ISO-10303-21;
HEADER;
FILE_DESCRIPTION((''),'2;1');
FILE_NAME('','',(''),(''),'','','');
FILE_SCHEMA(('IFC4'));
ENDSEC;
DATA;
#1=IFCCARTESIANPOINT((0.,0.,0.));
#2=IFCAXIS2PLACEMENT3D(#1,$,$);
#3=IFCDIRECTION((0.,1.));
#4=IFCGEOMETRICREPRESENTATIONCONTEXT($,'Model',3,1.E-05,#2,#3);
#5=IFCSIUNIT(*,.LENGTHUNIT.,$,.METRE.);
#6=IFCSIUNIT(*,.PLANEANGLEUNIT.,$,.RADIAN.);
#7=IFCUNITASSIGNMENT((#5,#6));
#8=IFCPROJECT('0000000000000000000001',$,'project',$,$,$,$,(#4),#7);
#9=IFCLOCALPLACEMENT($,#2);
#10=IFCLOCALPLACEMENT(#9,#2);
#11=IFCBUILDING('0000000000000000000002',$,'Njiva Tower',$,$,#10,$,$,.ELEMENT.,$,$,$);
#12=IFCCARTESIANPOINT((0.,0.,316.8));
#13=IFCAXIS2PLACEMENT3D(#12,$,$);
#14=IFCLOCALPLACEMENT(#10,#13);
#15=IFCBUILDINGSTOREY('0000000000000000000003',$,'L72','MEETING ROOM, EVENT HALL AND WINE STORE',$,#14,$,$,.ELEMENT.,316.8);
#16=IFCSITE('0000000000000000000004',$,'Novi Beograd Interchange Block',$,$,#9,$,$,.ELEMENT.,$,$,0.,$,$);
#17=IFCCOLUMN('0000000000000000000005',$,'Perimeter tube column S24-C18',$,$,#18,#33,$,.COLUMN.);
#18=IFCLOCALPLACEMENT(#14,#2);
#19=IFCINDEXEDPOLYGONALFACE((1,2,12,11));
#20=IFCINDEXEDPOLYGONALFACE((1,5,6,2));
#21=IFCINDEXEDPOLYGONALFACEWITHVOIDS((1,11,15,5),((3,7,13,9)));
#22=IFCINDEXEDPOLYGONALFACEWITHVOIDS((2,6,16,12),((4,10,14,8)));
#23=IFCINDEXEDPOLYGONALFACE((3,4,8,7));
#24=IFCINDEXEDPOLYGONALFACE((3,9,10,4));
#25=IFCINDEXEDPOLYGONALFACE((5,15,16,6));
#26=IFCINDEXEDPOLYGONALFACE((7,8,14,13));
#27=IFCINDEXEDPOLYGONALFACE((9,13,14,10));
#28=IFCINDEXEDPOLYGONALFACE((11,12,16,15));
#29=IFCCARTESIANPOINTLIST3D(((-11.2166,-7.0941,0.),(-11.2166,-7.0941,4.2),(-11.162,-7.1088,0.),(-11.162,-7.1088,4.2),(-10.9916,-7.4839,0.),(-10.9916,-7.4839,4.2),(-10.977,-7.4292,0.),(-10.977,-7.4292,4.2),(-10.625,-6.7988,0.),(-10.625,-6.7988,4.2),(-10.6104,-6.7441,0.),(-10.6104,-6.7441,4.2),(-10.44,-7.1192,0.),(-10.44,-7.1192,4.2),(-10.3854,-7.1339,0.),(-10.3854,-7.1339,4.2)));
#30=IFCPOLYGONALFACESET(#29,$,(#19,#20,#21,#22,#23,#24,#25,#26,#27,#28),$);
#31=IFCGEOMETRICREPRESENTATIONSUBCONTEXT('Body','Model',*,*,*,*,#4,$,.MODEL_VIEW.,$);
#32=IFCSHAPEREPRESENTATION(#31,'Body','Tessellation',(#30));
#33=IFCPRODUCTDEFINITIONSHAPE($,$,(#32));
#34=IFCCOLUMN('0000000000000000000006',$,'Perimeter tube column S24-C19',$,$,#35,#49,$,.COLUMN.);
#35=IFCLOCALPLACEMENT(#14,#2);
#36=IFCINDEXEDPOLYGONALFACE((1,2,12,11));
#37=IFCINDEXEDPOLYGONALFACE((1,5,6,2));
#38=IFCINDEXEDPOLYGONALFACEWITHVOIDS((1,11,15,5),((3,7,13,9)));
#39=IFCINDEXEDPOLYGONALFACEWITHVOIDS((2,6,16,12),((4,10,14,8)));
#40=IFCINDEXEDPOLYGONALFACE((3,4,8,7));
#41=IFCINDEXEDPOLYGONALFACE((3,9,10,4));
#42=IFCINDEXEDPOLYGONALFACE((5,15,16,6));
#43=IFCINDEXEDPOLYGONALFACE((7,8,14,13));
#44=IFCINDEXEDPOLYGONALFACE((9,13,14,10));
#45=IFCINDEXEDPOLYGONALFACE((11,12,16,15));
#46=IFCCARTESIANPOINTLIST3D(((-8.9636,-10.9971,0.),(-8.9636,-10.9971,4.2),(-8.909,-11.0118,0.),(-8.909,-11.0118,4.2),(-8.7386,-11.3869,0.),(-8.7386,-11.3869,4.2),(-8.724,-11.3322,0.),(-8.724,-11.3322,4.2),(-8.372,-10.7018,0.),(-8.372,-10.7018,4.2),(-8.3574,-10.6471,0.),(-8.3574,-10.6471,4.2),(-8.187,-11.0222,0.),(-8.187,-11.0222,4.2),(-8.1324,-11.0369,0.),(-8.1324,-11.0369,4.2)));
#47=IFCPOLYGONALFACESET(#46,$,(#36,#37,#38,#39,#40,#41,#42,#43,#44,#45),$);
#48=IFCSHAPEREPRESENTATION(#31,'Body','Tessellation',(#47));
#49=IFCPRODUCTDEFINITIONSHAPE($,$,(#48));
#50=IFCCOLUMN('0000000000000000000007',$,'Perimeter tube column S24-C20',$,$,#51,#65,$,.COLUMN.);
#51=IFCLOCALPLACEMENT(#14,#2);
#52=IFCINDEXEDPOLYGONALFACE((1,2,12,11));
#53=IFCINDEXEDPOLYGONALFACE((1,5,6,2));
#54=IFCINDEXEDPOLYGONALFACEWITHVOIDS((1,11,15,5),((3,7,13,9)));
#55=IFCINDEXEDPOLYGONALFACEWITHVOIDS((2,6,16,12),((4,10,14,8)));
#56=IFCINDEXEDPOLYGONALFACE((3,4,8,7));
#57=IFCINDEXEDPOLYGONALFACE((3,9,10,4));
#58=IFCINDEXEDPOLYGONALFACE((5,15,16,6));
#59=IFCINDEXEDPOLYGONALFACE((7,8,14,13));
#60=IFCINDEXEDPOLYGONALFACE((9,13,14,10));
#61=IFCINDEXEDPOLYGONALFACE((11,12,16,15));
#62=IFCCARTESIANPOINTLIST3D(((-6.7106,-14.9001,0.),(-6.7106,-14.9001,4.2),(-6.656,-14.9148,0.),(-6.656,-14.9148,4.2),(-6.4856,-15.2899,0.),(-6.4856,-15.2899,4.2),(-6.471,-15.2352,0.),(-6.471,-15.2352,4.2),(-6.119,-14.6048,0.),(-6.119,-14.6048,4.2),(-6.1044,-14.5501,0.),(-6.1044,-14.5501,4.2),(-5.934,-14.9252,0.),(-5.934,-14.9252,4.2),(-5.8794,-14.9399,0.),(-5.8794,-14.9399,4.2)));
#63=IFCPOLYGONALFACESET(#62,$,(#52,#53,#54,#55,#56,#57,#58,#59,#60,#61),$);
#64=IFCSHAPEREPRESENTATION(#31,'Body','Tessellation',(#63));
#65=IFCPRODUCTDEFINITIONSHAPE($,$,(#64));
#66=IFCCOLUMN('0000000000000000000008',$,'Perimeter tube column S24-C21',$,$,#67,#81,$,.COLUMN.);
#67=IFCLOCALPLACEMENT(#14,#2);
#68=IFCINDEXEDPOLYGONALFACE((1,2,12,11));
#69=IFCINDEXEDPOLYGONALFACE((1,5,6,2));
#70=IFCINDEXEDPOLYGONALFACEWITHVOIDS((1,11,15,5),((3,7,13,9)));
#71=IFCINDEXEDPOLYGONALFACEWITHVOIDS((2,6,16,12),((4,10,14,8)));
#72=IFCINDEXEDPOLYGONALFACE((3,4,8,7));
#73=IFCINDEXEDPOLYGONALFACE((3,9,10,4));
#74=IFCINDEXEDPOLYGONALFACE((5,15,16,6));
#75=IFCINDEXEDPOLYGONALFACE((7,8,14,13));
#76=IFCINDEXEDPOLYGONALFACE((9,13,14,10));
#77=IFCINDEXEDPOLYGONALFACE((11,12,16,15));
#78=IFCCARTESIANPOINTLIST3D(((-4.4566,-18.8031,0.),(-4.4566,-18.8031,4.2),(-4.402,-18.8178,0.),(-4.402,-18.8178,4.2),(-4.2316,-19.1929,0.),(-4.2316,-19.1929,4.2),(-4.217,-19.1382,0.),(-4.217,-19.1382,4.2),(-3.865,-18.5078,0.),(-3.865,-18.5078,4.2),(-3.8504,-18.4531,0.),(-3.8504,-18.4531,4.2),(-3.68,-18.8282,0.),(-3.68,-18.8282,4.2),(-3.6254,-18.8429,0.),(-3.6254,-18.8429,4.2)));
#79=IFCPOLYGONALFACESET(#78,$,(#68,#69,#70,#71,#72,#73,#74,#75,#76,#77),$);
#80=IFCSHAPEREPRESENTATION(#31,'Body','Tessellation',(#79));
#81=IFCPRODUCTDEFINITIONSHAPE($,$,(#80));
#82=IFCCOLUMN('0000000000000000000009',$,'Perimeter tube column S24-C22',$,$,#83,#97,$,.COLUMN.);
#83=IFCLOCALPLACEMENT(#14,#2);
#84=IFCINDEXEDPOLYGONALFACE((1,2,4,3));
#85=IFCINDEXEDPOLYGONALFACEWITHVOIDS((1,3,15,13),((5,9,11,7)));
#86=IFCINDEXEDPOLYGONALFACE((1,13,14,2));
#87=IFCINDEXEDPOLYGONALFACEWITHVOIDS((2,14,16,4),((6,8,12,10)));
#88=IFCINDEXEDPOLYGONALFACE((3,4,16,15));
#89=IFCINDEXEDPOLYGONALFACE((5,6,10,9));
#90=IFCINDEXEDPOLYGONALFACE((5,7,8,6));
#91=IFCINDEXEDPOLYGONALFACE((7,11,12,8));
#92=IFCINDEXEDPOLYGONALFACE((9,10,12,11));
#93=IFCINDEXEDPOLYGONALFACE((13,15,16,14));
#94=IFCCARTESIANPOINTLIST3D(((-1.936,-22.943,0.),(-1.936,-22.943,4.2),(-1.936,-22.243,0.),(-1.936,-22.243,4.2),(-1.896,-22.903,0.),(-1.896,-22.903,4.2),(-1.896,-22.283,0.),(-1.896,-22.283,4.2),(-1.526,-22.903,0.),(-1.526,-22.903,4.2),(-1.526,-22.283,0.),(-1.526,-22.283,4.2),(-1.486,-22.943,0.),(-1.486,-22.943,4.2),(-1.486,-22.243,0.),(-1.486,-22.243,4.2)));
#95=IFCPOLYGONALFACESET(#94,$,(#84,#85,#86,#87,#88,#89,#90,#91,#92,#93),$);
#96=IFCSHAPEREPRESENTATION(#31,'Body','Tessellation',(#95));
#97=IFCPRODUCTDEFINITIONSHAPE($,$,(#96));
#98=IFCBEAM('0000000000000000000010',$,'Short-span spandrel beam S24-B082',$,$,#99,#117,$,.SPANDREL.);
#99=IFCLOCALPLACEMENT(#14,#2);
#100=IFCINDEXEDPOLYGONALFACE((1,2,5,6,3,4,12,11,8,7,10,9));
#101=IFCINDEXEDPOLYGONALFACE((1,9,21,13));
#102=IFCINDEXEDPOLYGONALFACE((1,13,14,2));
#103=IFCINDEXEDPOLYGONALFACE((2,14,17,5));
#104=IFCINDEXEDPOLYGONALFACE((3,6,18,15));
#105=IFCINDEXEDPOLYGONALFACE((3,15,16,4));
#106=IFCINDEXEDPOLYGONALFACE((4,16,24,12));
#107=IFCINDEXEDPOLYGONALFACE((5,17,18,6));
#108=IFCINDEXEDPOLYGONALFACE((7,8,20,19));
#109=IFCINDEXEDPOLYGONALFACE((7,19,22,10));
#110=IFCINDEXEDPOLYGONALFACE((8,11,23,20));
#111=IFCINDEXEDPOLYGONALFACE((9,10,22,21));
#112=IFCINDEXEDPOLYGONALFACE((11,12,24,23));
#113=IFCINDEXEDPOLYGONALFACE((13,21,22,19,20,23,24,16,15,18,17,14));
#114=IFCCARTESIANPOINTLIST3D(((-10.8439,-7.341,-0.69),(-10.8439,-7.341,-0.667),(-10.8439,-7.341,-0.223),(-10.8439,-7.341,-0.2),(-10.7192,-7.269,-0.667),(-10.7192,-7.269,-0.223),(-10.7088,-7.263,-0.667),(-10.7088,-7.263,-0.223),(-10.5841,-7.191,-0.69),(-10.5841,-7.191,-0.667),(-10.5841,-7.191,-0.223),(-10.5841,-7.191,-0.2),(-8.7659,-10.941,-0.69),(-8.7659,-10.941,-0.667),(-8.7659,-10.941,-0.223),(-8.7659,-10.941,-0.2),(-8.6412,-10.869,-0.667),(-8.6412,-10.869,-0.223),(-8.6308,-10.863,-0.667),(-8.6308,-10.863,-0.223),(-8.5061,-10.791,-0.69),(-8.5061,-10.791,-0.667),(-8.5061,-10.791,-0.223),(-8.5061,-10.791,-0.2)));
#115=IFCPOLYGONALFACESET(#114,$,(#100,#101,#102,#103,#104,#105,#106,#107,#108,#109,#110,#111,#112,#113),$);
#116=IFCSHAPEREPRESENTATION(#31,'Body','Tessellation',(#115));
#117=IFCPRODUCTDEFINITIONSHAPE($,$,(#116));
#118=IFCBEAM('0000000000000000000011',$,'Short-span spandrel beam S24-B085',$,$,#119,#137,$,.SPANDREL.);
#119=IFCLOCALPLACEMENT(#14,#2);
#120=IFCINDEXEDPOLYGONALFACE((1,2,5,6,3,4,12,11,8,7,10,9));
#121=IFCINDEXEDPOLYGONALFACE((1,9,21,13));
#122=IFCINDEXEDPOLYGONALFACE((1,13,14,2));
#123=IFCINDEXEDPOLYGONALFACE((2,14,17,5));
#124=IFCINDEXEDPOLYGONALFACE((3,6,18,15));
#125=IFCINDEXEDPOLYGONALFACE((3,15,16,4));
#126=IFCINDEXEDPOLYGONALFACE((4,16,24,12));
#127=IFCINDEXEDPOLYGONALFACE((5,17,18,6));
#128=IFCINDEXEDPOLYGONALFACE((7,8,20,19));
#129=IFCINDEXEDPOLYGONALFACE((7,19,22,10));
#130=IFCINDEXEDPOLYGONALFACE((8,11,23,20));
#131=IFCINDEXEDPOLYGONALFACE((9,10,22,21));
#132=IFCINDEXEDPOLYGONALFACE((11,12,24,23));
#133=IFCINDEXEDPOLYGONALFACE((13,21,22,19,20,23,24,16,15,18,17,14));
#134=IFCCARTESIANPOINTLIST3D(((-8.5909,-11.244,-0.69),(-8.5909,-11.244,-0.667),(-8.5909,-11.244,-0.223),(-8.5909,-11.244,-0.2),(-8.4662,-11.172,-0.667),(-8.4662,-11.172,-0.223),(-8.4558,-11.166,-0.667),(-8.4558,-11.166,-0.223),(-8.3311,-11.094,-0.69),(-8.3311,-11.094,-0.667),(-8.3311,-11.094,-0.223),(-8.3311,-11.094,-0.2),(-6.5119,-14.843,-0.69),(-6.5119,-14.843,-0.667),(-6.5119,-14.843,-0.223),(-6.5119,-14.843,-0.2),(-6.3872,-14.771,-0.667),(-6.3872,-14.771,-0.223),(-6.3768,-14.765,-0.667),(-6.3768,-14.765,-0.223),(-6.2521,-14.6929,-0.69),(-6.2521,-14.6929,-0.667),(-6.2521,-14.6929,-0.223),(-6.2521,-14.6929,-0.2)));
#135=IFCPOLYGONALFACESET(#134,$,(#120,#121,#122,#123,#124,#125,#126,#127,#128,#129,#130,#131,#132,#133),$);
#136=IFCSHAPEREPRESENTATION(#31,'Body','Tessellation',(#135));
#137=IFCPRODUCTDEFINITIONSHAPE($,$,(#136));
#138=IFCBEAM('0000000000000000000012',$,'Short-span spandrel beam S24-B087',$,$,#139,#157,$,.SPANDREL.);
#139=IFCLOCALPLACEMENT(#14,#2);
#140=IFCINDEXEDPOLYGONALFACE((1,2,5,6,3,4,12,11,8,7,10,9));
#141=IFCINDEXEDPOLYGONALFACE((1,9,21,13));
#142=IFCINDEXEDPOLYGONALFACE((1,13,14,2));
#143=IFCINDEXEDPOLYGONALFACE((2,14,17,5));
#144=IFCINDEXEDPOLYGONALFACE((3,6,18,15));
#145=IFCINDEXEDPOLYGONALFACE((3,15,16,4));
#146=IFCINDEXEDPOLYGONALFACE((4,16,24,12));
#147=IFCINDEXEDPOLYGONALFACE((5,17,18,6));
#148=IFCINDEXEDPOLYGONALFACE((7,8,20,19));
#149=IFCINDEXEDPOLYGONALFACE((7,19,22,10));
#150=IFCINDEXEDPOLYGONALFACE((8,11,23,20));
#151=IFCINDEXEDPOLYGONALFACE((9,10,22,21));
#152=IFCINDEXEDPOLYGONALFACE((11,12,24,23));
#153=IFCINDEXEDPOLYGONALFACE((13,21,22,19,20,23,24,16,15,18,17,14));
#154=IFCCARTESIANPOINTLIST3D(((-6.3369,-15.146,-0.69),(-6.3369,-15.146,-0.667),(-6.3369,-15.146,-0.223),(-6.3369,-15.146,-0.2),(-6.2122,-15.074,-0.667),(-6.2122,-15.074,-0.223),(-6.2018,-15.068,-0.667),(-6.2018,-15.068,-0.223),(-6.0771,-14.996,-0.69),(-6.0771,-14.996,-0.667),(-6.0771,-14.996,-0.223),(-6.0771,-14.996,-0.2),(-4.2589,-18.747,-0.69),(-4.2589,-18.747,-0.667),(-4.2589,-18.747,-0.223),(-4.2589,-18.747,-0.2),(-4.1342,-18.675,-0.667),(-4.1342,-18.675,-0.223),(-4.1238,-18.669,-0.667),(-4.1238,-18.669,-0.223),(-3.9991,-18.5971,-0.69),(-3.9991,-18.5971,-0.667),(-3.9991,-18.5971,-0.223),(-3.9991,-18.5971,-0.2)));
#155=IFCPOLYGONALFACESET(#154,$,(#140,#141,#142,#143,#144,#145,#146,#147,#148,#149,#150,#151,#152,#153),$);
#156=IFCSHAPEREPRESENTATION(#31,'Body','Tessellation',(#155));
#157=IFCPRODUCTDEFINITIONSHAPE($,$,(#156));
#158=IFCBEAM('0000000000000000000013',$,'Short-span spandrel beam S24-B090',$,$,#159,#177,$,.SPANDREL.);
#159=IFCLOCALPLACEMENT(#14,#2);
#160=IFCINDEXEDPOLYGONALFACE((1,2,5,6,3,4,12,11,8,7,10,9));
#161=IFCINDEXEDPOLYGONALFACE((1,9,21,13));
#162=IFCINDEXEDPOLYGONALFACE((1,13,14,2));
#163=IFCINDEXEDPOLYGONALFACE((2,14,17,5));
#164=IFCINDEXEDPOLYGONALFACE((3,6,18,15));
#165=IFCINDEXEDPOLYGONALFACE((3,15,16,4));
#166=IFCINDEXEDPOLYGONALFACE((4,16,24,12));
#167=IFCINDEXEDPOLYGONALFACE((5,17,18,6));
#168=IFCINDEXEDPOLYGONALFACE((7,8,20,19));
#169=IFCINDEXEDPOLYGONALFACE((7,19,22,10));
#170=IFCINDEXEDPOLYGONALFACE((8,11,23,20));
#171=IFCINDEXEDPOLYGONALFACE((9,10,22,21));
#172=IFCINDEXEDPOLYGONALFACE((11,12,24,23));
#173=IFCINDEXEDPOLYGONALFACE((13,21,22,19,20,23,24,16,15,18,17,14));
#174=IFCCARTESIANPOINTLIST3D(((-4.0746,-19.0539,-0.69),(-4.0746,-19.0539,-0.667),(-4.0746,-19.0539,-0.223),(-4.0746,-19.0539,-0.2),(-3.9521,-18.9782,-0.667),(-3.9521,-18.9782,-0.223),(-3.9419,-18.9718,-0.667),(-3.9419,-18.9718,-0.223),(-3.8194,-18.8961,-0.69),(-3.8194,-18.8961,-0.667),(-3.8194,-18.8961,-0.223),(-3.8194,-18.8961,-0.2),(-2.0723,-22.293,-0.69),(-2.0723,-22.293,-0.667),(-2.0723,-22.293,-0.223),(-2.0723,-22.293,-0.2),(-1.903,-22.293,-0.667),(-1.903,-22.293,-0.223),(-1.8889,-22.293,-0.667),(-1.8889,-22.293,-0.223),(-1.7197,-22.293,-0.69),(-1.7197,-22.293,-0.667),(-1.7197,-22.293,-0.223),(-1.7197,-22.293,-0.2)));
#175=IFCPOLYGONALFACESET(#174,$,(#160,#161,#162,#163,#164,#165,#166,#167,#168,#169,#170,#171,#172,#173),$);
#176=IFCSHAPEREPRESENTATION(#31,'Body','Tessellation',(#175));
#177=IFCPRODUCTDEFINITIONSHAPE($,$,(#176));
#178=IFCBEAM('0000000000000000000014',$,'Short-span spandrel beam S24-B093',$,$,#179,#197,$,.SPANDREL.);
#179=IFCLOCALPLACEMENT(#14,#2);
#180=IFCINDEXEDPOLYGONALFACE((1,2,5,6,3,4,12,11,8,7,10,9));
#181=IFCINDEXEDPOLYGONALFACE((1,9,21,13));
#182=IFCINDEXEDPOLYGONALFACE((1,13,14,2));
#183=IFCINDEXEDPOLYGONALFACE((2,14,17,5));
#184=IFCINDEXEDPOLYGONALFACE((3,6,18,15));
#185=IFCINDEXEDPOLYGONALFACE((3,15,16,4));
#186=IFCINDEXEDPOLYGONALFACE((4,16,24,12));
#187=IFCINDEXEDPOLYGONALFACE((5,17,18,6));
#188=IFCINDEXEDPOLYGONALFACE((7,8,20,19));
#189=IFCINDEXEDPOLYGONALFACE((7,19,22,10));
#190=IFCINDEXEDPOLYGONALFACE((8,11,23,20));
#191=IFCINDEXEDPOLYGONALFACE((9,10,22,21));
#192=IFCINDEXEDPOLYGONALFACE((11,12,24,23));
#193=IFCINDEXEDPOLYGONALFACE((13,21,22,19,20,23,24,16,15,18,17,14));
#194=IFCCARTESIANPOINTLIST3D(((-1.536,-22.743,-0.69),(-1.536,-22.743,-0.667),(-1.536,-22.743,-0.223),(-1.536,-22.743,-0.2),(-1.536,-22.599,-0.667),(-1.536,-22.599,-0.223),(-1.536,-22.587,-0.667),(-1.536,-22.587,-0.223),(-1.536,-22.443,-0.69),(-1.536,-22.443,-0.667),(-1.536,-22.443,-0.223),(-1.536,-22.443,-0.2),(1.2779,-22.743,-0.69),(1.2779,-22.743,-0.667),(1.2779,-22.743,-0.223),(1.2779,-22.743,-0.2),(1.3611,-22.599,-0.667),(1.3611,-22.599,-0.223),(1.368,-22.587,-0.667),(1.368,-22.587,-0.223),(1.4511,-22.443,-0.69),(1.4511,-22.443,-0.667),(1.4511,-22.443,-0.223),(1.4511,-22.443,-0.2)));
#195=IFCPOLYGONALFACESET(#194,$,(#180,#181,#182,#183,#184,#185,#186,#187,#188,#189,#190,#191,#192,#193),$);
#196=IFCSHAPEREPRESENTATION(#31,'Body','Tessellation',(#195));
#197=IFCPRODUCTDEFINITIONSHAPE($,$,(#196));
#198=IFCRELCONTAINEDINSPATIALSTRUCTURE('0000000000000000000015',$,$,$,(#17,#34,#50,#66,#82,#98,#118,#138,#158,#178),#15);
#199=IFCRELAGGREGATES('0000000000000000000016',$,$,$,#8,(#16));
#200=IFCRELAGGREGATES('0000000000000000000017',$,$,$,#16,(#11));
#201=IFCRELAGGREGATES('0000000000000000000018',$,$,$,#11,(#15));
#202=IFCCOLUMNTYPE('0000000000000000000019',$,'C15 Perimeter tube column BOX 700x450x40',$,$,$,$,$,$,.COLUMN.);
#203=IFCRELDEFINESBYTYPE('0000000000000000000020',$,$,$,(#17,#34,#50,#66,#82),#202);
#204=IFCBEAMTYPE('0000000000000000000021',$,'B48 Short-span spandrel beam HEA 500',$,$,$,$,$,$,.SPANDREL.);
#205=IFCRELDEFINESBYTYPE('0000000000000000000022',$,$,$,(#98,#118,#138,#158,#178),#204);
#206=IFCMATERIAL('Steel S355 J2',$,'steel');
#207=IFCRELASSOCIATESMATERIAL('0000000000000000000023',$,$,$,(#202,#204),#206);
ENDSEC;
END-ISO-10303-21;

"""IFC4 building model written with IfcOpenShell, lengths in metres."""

from ifc_helpers import new_model, si_unit, direction, frame, origin, origin_2d, place, context, subcontext, project, spatial, hollow_rectangle, i_section, extrude, clip, halfspace, material, material_profile, profile_set, type_object, element, save


model = new_model("IFC4")

# Units and contexts
model_context = context("Model", 3, precision=1e-05, world=origin(), true_north=direction((0.0, 1.0)))
body_context = subcontext(model_context, "Body", "Model", "MODEL_VIEW")
ifc_project = project(units=[si_unit("LENGTHUNIT", "METRE"), si_unit("PLANEANGLEUNIT", "RADIAN")], contexts=[model_context])

# Site, building, storey
site_placement = place(None, origin())
site = spatial("IfcSite", under=ifc_project, at=site_placement, Name="Novi Beograd Interchange Block", CompositionType="ELEMENT", RefElevation=0.0)
building_placement = place(site_placement, origin())
building = spatial("IfcBuilding", under=site, at=building_placement, Name="Njiva Tower", CompositionType="ELEMENT")
storey_placement = place(building_placement, frame((0.0, 0.0, 316.8)))
storey = spatial("IfcBuildingStorey", under=building, at=storey_placement, Name="L72", Description="MEETING ROOM, EVENT HALL AND WINE STORE", CompositionType="ELEMENT", Elevation=316.8)

# Columns
ifc_material_1 = material(Name="Steel S355 J2", Category="steel")
ifc_material_profile_1 = material_profile(ifc_material_1, hollow_rectangle(XDim=0.45, YDim=0.7, WallThickness=0.04, at=origin_2d()), Name="BOX 700x450x40")
ifc_profile_set_1 = profile_set([ifc_material_profile_1], Name="Steel S355 J2")
column_type = type_object("IfcColumnType", Name="C15 Perimeter tube column BOX 700x450x40", PredefinedType="COLUMN", material=ifc_profile_set_1)
for number, where, z_axis, x_axis, name in (
    (1, (-10.801, -7.114, 0.0), (0.0, 0.0, 1.0), (0.5, -0.866025, 0.0), "Perimeter tube column S24-C18"),
    (2, (-8.548, -11.017, 0.0), (0.0, 0.0, 1.0), (0.5, -0.866025, 0.0), "Perimeter tube column S24-C19"),
    (3, (-6.295, -14.92, 0.0), (0.0, 0.0, 1.0), (0.5, -0.866025, 0.0), "Perimeter tube column S24-C20"),
    (4, (-4.041, -18.823, 0.0), (0.0, 0.0, 1.0), (0.5, -0.866025, 0.0), "Perimeter tube column S24-C21"),
    (5, (-1.711, -22.593, 0.0), (0.0, 0.0, 1.0), (1.0, 0.0, 0.0), "Perimeter tube column S24-C22"),
):
    element("IfcColumn", number, at=place(storey_placement, frame(where, z_axis=z_axis, x_axis=x_axis)), inside=storey, type_object=column_type, Name=name, PredefinedType="COLUMN", context=body_context, shape_type="SweptSolid", body=[
        extrude(hollow_rectangle(XDim=0.45, YDim=0.7, WallThickness=0.04, at=origin_2d()), origin(), (0.0, 0.0, 1.0), 4.2),
    ])

# Beams
ifc_material_profile_2 = material_profile(ifc_material_1, i_section(OverallWidth=0.3, OverallDepth=0.49, WebThickness=0.012, FlangeThickness=0.023, at=origin_2d()), Name="HEA 500")
ifc_profile_set_2 = profile_set([ifc_material_profile_2], Name="Steel S355 J2")
beam_type_1 = type_object("IfcBeamType", Name="B48 Short-span spandrel beam HEA 500", PredefinedType="SPANDREL", material=ifc_profile_set_2)
beam_1_placement = place(storey_placement, frame((-10.714, -7.266, -0.445), z_axis=(0.499917, -0.866073, 0.0), x_axis=(0.866073, 0.499917, 0.0)))
element("IfcBeam", 6, at=beam_1_placement, inside=storey, type_object=beam_type_1, Name="Short-span spandrel beam S24-B082", PredefinedType="SPANDREL", context=body_context, shape_type="SweptSolid", body=[
    extrude(i_section(OverallWidth=0.3, OverallDepth=0.49, WebThickness=0.012, FlangeThickness=0.023, at=origin_2d()), origin(), (0.0, 0.0, 1.0), 4.1567),
])
beam_2_placement = place(storey_placement, frame((-8.461, -11.169, -0.445), z_axis=(0.500201, -0.865909, 0.0), x_axis=(0.865909, 0.500201, 0.0)))
element("IfcBeam", 7, at=beam_2_placement, inside=storey, type_object=beam_type_1, Name="Short-span spandrel beam S24-B085", PredefinedType="SPANDREL", context=body_context, shape_type="SweptSolid", body=[
    extrude(i_section(OverallWidth=0.3, OverallDepth=0.49, WebThickness=0.012, FlangeThickness=0.023, at=origin_2d()), origin(), (0.0, 0.0, 1.0), 4.1563),
])
beam_3_placement = place(storey_placement, frame((-6.207, -15.071, -0.445), z_axis=(0.499813, -0.866134, 0.0), x_axis=(0.866134, 0.499813, 0.0)))
element("IfcBeam", 8, at=beam_3_placement, inside=storey, type_object=beam_type_1, Name="Short-span spandrel beam S24-B087", PredefinedType="SPANDREL", context=body_context, shape_type="SweptSolid", body=[
    extrude(i_section(OverallWidth=0.3, OverallDepth=0.49, WebThickness=0.012, FlangeThickness=0.023, at=origin_2d()), origin(), (0.0, 0.0, 1.0), 4.1576),
])
beam_4_placement = place(storey_placement, frame((-3.947, -18.975, -0.445), z_axis=(0.525798, -0.850609, 0.0), x_axis=(0.850609, 0.525798, 0.0)))
element("IfcBeam", 9, at=beam_4_placement, inside=storey, type_object=beam_type_1, Name="Short-span spandrel beam S24-B090", PredefinedType="SPANDREL", context=body_context, shape_type="Clipping", body=[
    clip(extrude(i_section(OverallWidth=0.3, OverallDepth=0.49, WebThickness=0.012, FlangeThickness=0.023, at=origin_2d()), origin(), (0.0, 0.0, 1.0), 4.0137), halfspace(frame((-0.0266, 0.0, 3.8843), z_axis=(-0.525798, 0.0, 0.850609), x_axis=(0.0, 1.0, 0.0)), False)),
])
beam_5_placement = place(storey_placement, frame((-1.536, -22.593, -0.445), z_axis=(1.0, 0.0, 0.0), x_axis=(0.0, 1.0, 0.0)))
element("IfcBeam", 10, at=beam_5_placement, inside=storey, type_object=beam_type_1, Name="Short-span spandrel beam S24-B093", PredefinedType="SPANDREL", context=body_context, shape_type="Clipping", body=[
    clip(extrude(i_section(OverallWidth=0.3, OverallDepth=0.49, WebThickness=0.012, FlangeThickness=0.023, at=origin_2d()), origin(), (0.0, 0.0, 1.0), 3.008), halfspace(frame((-0.0245, 0.0, 2.8864), z_axis=(-0.499998, 0.0, 0.866027), x_axis=(0.0, 1.0, 0.0)), False)),
])

save(model, "model.ifc")
